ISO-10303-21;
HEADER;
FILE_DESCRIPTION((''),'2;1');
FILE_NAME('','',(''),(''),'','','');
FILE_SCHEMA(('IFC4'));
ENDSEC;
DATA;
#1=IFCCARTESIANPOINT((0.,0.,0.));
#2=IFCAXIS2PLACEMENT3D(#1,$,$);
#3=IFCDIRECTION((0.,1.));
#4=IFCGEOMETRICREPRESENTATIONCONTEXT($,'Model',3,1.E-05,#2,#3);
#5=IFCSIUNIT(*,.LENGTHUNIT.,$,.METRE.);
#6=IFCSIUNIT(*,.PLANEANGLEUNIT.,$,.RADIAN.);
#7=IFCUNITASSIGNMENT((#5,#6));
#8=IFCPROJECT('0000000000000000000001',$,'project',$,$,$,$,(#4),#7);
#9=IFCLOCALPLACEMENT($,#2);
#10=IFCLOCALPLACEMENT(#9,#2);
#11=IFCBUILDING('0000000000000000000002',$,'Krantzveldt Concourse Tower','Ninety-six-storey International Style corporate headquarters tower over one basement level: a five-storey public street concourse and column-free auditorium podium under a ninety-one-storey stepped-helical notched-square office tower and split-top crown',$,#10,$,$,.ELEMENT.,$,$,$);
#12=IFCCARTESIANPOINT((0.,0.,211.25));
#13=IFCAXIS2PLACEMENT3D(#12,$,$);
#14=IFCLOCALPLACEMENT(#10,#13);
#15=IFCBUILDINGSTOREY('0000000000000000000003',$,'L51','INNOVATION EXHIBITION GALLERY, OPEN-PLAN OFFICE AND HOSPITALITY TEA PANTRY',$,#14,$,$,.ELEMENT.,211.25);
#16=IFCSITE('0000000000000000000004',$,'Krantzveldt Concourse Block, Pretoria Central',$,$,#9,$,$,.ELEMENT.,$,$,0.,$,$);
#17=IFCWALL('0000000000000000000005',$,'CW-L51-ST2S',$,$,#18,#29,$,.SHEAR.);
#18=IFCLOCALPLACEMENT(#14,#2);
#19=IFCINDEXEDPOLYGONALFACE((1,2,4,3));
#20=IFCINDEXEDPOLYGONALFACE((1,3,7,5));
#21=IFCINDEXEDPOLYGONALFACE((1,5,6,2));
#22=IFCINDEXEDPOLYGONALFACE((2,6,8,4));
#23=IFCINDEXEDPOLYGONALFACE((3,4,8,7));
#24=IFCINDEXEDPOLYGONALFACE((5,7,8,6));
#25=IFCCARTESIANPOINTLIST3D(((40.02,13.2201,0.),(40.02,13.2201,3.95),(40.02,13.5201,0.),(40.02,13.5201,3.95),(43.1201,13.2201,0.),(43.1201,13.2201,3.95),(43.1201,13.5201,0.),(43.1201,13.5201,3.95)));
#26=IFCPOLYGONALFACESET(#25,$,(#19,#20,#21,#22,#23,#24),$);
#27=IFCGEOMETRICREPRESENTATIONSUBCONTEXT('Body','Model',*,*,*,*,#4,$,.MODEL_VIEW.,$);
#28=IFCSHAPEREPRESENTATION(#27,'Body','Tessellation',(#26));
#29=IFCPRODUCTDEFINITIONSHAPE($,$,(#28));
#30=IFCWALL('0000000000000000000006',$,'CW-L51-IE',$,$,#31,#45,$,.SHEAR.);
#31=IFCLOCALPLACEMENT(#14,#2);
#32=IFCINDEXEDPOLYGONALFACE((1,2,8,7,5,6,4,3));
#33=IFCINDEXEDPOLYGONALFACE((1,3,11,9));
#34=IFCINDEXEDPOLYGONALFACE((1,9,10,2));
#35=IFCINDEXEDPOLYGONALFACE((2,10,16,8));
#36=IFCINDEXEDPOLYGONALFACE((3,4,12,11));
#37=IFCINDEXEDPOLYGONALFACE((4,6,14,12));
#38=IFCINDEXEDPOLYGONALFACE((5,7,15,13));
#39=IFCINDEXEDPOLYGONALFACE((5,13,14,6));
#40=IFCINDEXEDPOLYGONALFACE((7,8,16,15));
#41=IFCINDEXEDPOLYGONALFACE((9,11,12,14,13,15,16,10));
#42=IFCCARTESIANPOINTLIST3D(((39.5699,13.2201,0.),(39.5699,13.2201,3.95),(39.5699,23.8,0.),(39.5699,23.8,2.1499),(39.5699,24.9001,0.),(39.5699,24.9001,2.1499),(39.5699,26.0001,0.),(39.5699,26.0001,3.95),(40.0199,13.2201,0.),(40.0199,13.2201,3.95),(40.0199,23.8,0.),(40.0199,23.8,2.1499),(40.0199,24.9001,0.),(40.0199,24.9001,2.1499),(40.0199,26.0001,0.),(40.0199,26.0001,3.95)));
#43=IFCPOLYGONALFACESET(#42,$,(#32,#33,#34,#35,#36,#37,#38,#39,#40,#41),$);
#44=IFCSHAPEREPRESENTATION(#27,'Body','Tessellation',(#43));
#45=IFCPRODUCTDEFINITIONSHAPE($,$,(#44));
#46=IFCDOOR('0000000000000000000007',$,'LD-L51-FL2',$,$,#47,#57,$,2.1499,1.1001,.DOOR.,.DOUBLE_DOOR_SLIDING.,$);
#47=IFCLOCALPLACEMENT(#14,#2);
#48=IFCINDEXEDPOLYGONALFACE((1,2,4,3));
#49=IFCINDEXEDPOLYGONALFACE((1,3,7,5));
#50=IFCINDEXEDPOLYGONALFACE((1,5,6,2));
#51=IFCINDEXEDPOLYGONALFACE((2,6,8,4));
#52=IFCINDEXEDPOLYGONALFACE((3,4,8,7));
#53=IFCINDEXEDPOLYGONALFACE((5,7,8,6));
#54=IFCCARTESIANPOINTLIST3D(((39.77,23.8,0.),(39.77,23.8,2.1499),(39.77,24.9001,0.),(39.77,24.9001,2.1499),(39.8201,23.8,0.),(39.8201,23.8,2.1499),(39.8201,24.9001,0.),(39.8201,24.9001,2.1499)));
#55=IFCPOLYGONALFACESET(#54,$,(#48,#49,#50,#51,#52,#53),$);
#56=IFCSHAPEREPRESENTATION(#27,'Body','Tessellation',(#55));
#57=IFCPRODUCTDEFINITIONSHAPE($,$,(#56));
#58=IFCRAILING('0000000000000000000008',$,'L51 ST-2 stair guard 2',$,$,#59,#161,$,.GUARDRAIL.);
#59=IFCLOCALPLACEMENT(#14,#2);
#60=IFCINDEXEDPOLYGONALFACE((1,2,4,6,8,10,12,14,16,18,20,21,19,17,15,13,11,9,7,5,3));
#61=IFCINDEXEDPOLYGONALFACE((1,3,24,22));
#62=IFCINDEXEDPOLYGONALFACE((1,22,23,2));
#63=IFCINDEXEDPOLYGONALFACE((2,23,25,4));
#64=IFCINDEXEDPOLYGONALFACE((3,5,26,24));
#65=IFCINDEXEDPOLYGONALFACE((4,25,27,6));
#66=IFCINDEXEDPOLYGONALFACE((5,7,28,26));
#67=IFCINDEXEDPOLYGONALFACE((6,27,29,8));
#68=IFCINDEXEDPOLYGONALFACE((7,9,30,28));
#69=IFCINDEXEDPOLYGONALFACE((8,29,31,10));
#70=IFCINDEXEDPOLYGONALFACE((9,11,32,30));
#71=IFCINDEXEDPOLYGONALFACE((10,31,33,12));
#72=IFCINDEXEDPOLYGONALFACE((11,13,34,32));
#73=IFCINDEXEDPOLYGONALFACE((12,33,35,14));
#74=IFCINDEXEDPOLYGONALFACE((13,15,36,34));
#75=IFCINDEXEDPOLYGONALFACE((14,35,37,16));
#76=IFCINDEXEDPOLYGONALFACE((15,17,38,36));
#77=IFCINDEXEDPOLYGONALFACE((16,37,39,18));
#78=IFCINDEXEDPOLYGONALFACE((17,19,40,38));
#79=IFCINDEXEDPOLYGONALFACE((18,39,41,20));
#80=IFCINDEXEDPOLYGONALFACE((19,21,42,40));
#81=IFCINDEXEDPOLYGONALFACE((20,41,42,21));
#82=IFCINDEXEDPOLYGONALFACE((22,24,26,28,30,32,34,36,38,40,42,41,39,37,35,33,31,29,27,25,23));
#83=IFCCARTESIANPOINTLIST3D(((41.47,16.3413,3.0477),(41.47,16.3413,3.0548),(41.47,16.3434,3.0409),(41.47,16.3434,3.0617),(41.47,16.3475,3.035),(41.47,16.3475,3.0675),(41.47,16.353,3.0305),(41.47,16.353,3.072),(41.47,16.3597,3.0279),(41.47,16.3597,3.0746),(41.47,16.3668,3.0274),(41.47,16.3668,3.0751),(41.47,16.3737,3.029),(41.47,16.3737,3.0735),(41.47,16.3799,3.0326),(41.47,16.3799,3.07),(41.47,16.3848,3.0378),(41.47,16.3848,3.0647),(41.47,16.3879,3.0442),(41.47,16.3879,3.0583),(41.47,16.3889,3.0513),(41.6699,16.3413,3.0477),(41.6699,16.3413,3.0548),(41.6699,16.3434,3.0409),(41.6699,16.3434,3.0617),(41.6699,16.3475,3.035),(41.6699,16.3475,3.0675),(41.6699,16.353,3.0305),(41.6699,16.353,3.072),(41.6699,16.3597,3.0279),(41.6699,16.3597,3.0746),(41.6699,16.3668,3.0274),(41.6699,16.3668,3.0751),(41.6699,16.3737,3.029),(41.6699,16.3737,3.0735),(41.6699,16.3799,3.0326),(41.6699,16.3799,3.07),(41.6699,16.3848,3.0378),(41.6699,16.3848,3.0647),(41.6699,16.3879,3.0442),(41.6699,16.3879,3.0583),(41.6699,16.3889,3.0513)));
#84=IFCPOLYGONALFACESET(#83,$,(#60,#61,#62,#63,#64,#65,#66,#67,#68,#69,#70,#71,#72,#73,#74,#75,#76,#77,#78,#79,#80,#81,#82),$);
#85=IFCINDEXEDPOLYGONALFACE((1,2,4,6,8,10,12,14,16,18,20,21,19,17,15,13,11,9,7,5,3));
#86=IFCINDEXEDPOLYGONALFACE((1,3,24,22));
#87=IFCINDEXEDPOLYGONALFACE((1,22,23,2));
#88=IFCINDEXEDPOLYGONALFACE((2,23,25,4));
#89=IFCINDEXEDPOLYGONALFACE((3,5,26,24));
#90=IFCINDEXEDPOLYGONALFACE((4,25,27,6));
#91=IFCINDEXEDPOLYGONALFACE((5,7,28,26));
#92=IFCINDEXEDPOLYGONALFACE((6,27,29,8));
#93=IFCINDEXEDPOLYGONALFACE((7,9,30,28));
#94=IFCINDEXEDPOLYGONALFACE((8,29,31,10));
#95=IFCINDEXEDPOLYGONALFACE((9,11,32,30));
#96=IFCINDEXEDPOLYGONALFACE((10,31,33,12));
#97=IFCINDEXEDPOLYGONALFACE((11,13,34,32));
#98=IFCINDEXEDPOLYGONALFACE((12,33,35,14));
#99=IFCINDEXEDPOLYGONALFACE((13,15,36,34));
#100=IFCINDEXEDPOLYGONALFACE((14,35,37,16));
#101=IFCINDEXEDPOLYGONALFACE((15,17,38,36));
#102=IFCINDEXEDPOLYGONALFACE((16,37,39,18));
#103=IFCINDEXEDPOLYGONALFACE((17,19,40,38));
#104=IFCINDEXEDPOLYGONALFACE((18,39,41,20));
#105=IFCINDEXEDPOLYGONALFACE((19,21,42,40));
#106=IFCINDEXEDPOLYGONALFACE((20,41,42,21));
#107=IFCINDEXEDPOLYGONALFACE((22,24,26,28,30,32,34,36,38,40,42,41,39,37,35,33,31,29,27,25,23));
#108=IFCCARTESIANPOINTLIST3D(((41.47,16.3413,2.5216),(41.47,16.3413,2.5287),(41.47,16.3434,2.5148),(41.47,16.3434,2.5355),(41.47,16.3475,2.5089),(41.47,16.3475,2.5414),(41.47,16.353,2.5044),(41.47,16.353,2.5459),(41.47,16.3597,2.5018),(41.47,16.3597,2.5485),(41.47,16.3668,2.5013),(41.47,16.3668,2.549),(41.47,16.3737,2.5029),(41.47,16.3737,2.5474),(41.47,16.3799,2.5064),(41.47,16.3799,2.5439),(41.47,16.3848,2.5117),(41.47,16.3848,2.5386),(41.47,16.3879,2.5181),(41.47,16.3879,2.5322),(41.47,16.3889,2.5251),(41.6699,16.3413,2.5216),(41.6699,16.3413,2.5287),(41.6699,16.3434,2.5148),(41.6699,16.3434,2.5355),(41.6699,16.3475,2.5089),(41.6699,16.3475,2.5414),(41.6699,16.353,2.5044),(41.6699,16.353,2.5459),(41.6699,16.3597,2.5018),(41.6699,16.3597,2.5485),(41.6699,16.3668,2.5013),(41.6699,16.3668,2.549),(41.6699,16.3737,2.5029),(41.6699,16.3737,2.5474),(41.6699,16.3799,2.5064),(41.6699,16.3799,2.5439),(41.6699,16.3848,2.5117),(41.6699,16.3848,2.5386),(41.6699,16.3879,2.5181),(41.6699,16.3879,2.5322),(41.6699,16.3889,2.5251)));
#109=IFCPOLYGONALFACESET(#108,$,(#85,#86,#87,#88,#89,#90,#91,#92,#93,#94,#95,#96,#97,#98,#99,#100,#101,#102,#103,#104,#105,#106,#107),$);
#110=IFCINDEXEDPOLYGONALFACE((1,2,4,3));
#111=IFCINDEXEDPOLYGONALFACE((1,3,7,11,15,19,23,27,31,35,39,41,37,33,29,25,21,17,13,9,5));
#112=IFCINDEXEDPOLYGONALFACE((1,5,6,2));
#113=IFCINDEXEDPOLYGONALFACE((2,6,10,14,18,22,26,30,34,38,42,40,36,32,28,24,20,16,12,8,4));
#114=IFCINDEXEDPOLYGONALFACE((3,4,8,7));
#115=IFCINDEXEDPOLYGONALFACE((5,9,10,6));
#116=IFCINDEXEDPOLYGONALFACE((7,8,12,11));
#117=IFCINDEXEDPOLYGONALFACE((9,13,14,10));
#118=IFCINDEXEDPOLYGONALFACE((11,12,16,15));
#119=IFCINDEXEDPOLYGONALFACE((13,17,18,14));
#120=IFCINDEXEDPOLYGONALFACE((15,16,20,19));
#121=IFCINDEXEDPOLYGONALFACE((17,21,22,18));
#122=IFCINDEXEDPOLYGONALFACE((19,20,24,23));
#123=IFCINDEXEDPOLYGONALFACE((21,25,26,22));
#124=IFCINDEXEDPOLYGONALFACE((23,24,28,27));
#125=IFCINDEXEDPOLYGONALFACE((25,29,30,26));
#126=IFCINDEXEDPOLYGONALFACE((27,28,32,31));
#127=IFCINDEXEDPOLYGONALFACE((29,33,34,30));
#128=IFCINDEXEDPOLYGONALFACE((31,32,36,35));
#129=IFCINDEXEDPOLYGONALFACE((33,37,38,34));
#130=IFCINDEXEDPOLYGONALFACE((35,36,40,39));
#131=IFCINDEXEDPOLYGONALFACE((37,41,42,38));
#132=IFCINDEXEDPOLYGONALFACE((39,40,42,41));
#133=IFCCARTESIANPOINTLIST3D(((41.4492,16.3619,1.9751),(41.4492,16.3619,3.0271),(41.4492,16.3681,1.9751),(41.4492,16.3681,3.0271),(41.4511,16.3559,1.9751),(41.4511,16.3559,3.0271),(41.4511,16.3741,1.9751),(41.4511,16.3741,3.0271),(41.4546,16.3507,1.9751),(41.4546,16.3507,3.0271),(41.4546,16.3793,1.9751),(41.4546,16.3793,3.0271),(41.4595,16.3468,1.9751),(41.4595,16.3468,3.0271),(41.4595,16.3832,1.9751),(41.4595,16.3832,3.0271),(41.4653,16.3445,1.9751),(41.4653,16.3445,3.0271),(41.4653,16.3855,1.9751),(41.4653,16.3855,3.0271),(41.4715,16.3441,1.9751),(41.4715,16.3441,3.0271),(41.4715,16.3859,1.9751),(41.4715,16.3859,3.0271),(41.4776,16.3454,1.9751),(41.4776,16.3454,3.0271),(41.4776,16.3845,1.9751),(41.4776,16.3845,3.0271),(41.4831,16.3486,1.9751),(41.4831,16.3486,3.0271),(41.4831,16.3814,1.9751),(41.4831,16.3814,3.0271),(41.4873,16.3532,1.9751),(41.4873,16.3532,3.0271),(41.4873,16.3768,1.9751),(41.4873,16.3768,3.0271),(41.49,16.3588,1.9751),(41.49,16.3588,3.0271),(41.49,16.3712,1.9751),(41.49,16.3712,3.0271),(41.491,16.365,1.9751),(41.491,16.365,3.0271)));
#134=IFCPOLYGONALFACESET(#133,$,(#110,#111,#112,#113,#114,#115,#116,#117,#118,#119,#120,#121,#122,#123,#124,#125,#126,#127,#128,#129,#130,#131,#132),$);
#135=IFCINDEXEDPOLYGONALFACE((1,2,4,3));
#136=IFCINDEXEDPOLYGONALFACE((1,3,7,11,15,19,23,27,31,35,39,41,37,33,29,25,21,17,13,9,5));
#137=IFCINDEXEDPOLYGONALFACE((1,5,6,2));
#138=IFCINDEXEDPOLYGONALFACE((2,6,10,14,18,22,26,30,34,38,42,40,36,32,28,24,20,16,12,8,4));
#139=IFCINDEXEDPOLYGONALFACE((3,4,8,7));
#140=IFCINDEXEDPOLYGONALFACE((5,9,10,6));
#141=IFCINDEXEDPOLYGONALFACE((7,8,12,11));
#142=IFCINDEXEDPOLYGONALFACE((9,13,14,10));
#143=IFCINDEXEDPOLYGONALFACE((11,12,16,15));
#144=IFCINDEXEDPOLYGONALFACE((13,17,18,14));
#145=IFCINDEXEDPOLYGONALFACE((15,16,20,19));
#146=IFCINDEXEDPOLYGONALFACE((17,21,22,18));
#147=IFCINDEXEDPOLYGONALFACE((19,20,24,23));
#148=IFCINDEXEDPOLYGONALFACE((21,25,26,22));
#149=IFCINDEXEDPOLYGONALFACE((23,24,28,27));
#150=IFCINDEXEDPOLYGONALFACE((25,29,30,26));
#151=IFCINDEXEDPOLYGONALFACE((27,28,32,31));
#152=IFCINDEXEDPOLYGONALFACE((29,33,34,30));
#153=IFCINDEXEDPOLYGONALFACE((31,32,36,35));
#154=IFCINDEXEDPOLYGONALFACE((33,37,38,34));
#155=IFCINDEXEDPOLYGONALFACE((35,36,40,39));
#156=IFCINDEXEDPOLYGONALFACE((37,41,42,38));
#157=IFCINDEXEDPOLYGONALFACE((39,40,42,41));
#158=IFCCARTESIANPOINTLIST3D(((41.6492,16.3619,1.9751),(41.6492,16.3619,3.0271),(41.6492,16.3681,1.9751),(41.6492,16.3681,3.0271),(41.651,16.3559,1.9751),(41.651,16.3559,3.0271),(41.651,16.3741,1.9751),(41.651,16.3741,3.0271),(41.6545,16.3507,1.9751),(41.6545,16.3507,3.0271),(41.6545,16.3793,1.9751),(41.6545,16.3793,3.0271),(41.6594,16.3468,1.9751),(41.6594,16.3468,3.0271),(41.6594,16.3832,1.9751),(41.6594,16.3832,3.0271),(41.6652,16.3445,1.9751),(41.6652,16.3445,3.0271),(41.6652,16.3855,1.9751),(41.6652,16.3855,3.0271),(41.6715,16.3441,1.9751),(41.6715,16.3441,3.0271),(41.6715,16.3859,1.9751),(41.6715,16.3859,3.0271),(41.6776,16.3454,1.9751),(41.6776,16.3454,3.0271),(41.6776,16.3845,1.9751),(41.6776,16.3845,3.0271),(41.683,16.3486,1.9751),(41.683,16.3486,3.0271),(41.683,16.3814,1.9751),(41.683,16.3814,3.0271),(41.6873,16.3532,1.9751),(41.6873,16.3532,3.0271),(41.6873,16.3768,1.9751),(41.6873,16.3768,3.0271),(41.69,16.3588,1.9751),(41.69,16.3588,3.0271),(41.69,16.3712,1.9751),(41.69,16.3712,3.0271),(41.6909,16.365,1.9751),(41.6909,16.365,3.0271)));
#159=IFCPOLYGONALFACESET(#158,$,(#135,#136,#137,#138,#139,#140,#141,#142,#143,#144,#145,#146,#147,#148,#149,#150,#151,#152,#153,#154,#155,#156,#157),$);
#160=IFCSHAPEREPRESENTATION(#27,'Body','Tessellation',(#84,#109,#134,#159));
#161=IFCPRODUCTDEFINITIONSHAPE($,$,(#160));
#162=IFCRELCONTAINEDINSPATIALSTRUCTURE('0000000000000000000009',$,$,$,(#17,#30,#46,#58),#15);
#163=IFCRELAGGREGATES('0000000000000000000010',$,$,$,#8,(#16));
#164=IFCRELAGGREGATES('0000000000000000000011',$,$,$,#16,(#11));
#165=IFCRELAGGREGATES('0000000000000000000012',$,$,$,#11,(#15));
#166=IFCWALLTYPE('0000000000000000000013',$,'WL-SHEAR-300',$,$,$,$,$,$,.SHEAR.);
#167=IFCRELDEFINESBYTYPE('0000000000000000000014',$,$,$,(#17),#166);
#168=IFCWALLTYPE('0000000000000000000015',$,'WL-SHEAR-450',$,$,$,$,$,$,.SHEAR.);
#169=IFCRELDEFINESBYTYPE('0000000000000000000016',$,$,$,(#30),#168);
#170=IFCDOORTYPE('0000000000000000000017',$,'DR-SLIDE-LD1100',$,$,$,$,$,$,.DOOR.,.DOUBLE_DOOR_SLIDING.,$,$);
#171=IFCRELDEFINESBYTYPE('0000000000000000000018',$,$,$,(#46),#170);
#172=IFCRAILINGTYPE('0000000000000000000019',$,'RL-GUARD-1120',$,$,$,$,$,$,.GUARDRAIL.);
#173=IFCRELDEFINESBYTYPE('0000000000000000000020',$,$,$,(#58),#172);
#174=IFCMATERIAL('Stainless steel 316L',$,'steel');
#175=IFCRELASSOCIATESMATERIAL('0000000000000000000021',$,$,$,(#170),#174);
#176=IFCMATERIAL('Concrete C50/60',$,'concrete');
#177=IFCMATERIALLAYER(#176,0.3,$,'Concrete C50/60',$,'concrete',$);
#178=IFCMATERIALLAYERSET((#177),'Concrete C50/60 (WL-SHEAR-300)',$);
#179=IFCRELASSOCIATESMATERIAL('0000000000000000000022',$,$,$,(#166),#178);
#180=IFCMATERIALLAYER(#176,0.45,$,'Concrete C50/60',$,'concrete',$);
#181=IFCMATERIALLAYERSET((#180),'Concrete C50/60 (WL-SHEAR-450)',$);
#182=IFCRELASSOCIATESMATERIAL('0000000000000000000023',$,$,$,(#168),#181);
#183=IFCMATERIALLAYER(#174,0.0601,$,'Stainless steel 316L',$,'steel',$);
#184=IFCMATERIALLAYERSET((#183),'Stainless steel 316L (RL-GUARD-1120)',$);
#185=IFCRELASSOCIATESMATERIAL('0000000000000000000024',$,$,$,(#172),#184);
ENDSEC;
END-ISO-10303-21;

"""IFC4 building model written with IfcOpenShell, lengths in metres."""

from ifc_helpers import new_model, si_unit, direction, frame, frame_2d, origin, origin_2d, place, context, subcontext, project, spatial, rectangle, circle, extrude, material, layer, layer_set, type_object, element, fill, save


model = new_model("IFC4")

# Units and contexts
model_context = context("Model", 3, precision=1e-05, world=origin(), true_north=direction((0.0, 1.0)))
body_context = subcontext(model_context, "Body", "Model", "MODEL_VIEW")
ifc_project = project(units=[si_unit("LENGTHUNIT", "METRE"), si_unit("PLANEANGLEUNIT", "RADIAN")], contexts=[model_context])

# Site, building, storey
site_placement = place(None, origin())
site = spatial("IfcSite", under=ifc_project, at=site_placement, Name="Krantzveldt Concourse Block, Pretoria Central", CompositionType="ELEMENT", RefElevation=0.0)
building_placement = place(site_placement, origin())
building = spatial("IfcBuilding", under=site, at=building_placement, Name="Krantzveldt Concourse Tower", Description="Ninety-six-storey International Style corporate headquarters tower over one basement level: a five-storey public street concourse and column-free auditorium podium under a ninety-one-storey stepped-helical notched-square office tower and split-top crown", CompositionType="ELEMENT")
storey_placement = place(building_placement, frame((0.0, 0.0, 211.25)))
storey = spatial("IfcBuildingStorey", under=building, at=storey_placement, Name="L51", Description="INNOVATION EXHIBITION GALLERY, OPEN-PLAN OFFICE AND HOSPITALITY TEA PANTRY", CompositionType="ELEMENT", Elevation=211.25)

# Shared definitions
ifc_material_1 = material(Name="Stainless steel 316L", Category="steel")
door_type_1 = type_object("IfcDoorType", Name="DR-SLIDE-LD1100", OperationType="DOUBLE_DOOR_SLIDING", PredefinedType="DOOR", material=ifc_material_1)

# Wall
ifc_material_2 = material(Name="Concrete C50/60", Category="concrete")
ifc_layer_1 = layer(ifc_material_2, 0.3, Name="Concrete C50/60", Category="concrete")
ifc_layer_set_1 = layer_set([ifc_layer_1], Name="Concrete C50/60 (WL-SHEAR-300)")
wall_type_1 = type_object("IfcWallType", Name="WL-SHEAR-300", PredefinedType="SHEAR", material=ifc_layer_set_1)
wall_1_placement = place(storey_placement, frame((40.02, 13.3701, 0.0), z_axis=(0.0, 0.0, 1.0), x_axis=(1.0, 0.0, 0.0)))
element("IfcWall", 1, at=wall_1_placement, inside=storey, type_object=wall_type_1, Name="CW-L51-ST2S", PredefinedType="SHEAR", context=body_context, shape_type="SweptSolid", body=[
    extrude(rectangle(XDim=3.1001, YDim=0.3, at=frame_2d((1.55, 0.0))), origin(), (0.0, 0.0, 1.0), 3.95),
])

# Wall, opening, door
ifc_layer_2 = layer(ifc_material_2, 0.45, Name="Concrete C50/60", Category="concrete")
ifc_layer_set_2 = layer_set([ifc_layer_2], Name="Concrete C50/60 (WL-SHEAR-450)")
wall_type_2 = type_object("IfcWallType", Name="WL-SHEAR-450", PredefinedType="SHEAR", material=ifc_layer_set_2)
wall_2_placement = place(storey_placement, frame((39.7949, 13.22, 0.0), z_axis=(0.0, 0.0, 1.0), x_axis=(0.0, 1.0, 0.0)))
wall_2 = element("IfcWall", 2, at=wall_2_placement, inside=storey, type_object=wall_type_2, Name="CW-L51-IE", PredefinedType="SHEAR", context=body_context, shape_type="SweptSolid", body=[
    extrude(rectangle(XDim=12.78, YDim=0.45, at=frame_2d((6.3901, 0.0))), origin(), (0.0, 0.0, 1.0), 3.95),
])
opening_1_placement = place(wall_2_placement, frame((10.5801, 0.0, 0.0)))
opening_1 = element("IfcOpeningElement", 3, at=opening_1_placement, cuts=wall_2, PredefinedType="OPENING", context=body_context, shape_type="SweptSolid", body=[
    extrude(rectangle(XDim=1.1001, YDim=2.1499, at=frame_2d((0.55, 1.075))), frame((0.0, 0.2349, 0.0), z_axis=(0.0, -1.0, 0.0), x_axis=(1.0, 0.0, 0.0)), (0.0, 0.0, 1.0), 0.47),
])
door_1_placement = place(opening_1_placement, origin())
door_1 = element("IfcDoor", 4, at=door_1_placement, inside=storey, type_object=door_type_1, Name="LD-L51-FL2", OperationType="DOUBLE_DOOR_SLIDING", OverallHeight=2.1499, OverallWidth=1.1001, PredefinedType="DOOR", context=body_context, shape_type="SweptSolid", body=[
    extrude(rectangle(XDim=1.1001, YDim=2.1499, at=frame_2d((0.55, 1.075))), frame((0.0, 0.0249, 0.0), z_axis=(0.0, -1.0, 0.0), x_axis=(1.0, 0.0, 0.0)), (0.0, 0.0, 1.0), 0.05),
])
fill(opening_1, door_1)

# Railing
ifc_layer_3 = layer(ifc_material_1, 0.0601, Name="Stainless steel 316L", Category="steel")
ifc_layer_set_3 = layer_set([ifc_layer_3], Name="Stainless steel 316L (RL-GUARD-1120)")
railing_type = type_object("IfcRailingType", Name="RL-GUARD-1120", PredefinedType="GUARDRAIL", material=ifc_layer_set_3)
railing_placement = place(storey_placement, frame((41.47, 16.365, 1.9751)))
element("IfcRailing", 5, at=railing_placement, inside=storey, type_object=railing_type, Name="L51 ST-2 stair guard 2", PredefinedType="GUARDRAIL", context=body_context, shape_type="SweptSolid", body=[
    extrude(circle(Radius=0.0239, at=origin_2d()), frame((0.0, 0.0, 1.0762), z_axis=(1.0, 0.0, 0.0), x_axis=(0.0, 1.0, 0.0)), (0.0, 0.0, 1.0), 0.2),
    extrude(circle(Radius=0.0239, at=origin_2d()), frame((0.0, 0.0, 0.55), z_axis=(1.0, 0.0, 0.0), x_axis=(0.0, 1.0, 0.0)), (0.0, 0.0, 1.0), 0.2),
    extrude(circle(Radius=0.021, at=origin_2d()), origin(), (0.0, 0.0, 1.0), 1.052),
    extrude(circle(Radius=0.021, at=origin_2d()), frame((0.2, 0.0, 0.0)), (0.0, 0.0, 1.0), 1.052),
])

save(model, "model.ifc")
